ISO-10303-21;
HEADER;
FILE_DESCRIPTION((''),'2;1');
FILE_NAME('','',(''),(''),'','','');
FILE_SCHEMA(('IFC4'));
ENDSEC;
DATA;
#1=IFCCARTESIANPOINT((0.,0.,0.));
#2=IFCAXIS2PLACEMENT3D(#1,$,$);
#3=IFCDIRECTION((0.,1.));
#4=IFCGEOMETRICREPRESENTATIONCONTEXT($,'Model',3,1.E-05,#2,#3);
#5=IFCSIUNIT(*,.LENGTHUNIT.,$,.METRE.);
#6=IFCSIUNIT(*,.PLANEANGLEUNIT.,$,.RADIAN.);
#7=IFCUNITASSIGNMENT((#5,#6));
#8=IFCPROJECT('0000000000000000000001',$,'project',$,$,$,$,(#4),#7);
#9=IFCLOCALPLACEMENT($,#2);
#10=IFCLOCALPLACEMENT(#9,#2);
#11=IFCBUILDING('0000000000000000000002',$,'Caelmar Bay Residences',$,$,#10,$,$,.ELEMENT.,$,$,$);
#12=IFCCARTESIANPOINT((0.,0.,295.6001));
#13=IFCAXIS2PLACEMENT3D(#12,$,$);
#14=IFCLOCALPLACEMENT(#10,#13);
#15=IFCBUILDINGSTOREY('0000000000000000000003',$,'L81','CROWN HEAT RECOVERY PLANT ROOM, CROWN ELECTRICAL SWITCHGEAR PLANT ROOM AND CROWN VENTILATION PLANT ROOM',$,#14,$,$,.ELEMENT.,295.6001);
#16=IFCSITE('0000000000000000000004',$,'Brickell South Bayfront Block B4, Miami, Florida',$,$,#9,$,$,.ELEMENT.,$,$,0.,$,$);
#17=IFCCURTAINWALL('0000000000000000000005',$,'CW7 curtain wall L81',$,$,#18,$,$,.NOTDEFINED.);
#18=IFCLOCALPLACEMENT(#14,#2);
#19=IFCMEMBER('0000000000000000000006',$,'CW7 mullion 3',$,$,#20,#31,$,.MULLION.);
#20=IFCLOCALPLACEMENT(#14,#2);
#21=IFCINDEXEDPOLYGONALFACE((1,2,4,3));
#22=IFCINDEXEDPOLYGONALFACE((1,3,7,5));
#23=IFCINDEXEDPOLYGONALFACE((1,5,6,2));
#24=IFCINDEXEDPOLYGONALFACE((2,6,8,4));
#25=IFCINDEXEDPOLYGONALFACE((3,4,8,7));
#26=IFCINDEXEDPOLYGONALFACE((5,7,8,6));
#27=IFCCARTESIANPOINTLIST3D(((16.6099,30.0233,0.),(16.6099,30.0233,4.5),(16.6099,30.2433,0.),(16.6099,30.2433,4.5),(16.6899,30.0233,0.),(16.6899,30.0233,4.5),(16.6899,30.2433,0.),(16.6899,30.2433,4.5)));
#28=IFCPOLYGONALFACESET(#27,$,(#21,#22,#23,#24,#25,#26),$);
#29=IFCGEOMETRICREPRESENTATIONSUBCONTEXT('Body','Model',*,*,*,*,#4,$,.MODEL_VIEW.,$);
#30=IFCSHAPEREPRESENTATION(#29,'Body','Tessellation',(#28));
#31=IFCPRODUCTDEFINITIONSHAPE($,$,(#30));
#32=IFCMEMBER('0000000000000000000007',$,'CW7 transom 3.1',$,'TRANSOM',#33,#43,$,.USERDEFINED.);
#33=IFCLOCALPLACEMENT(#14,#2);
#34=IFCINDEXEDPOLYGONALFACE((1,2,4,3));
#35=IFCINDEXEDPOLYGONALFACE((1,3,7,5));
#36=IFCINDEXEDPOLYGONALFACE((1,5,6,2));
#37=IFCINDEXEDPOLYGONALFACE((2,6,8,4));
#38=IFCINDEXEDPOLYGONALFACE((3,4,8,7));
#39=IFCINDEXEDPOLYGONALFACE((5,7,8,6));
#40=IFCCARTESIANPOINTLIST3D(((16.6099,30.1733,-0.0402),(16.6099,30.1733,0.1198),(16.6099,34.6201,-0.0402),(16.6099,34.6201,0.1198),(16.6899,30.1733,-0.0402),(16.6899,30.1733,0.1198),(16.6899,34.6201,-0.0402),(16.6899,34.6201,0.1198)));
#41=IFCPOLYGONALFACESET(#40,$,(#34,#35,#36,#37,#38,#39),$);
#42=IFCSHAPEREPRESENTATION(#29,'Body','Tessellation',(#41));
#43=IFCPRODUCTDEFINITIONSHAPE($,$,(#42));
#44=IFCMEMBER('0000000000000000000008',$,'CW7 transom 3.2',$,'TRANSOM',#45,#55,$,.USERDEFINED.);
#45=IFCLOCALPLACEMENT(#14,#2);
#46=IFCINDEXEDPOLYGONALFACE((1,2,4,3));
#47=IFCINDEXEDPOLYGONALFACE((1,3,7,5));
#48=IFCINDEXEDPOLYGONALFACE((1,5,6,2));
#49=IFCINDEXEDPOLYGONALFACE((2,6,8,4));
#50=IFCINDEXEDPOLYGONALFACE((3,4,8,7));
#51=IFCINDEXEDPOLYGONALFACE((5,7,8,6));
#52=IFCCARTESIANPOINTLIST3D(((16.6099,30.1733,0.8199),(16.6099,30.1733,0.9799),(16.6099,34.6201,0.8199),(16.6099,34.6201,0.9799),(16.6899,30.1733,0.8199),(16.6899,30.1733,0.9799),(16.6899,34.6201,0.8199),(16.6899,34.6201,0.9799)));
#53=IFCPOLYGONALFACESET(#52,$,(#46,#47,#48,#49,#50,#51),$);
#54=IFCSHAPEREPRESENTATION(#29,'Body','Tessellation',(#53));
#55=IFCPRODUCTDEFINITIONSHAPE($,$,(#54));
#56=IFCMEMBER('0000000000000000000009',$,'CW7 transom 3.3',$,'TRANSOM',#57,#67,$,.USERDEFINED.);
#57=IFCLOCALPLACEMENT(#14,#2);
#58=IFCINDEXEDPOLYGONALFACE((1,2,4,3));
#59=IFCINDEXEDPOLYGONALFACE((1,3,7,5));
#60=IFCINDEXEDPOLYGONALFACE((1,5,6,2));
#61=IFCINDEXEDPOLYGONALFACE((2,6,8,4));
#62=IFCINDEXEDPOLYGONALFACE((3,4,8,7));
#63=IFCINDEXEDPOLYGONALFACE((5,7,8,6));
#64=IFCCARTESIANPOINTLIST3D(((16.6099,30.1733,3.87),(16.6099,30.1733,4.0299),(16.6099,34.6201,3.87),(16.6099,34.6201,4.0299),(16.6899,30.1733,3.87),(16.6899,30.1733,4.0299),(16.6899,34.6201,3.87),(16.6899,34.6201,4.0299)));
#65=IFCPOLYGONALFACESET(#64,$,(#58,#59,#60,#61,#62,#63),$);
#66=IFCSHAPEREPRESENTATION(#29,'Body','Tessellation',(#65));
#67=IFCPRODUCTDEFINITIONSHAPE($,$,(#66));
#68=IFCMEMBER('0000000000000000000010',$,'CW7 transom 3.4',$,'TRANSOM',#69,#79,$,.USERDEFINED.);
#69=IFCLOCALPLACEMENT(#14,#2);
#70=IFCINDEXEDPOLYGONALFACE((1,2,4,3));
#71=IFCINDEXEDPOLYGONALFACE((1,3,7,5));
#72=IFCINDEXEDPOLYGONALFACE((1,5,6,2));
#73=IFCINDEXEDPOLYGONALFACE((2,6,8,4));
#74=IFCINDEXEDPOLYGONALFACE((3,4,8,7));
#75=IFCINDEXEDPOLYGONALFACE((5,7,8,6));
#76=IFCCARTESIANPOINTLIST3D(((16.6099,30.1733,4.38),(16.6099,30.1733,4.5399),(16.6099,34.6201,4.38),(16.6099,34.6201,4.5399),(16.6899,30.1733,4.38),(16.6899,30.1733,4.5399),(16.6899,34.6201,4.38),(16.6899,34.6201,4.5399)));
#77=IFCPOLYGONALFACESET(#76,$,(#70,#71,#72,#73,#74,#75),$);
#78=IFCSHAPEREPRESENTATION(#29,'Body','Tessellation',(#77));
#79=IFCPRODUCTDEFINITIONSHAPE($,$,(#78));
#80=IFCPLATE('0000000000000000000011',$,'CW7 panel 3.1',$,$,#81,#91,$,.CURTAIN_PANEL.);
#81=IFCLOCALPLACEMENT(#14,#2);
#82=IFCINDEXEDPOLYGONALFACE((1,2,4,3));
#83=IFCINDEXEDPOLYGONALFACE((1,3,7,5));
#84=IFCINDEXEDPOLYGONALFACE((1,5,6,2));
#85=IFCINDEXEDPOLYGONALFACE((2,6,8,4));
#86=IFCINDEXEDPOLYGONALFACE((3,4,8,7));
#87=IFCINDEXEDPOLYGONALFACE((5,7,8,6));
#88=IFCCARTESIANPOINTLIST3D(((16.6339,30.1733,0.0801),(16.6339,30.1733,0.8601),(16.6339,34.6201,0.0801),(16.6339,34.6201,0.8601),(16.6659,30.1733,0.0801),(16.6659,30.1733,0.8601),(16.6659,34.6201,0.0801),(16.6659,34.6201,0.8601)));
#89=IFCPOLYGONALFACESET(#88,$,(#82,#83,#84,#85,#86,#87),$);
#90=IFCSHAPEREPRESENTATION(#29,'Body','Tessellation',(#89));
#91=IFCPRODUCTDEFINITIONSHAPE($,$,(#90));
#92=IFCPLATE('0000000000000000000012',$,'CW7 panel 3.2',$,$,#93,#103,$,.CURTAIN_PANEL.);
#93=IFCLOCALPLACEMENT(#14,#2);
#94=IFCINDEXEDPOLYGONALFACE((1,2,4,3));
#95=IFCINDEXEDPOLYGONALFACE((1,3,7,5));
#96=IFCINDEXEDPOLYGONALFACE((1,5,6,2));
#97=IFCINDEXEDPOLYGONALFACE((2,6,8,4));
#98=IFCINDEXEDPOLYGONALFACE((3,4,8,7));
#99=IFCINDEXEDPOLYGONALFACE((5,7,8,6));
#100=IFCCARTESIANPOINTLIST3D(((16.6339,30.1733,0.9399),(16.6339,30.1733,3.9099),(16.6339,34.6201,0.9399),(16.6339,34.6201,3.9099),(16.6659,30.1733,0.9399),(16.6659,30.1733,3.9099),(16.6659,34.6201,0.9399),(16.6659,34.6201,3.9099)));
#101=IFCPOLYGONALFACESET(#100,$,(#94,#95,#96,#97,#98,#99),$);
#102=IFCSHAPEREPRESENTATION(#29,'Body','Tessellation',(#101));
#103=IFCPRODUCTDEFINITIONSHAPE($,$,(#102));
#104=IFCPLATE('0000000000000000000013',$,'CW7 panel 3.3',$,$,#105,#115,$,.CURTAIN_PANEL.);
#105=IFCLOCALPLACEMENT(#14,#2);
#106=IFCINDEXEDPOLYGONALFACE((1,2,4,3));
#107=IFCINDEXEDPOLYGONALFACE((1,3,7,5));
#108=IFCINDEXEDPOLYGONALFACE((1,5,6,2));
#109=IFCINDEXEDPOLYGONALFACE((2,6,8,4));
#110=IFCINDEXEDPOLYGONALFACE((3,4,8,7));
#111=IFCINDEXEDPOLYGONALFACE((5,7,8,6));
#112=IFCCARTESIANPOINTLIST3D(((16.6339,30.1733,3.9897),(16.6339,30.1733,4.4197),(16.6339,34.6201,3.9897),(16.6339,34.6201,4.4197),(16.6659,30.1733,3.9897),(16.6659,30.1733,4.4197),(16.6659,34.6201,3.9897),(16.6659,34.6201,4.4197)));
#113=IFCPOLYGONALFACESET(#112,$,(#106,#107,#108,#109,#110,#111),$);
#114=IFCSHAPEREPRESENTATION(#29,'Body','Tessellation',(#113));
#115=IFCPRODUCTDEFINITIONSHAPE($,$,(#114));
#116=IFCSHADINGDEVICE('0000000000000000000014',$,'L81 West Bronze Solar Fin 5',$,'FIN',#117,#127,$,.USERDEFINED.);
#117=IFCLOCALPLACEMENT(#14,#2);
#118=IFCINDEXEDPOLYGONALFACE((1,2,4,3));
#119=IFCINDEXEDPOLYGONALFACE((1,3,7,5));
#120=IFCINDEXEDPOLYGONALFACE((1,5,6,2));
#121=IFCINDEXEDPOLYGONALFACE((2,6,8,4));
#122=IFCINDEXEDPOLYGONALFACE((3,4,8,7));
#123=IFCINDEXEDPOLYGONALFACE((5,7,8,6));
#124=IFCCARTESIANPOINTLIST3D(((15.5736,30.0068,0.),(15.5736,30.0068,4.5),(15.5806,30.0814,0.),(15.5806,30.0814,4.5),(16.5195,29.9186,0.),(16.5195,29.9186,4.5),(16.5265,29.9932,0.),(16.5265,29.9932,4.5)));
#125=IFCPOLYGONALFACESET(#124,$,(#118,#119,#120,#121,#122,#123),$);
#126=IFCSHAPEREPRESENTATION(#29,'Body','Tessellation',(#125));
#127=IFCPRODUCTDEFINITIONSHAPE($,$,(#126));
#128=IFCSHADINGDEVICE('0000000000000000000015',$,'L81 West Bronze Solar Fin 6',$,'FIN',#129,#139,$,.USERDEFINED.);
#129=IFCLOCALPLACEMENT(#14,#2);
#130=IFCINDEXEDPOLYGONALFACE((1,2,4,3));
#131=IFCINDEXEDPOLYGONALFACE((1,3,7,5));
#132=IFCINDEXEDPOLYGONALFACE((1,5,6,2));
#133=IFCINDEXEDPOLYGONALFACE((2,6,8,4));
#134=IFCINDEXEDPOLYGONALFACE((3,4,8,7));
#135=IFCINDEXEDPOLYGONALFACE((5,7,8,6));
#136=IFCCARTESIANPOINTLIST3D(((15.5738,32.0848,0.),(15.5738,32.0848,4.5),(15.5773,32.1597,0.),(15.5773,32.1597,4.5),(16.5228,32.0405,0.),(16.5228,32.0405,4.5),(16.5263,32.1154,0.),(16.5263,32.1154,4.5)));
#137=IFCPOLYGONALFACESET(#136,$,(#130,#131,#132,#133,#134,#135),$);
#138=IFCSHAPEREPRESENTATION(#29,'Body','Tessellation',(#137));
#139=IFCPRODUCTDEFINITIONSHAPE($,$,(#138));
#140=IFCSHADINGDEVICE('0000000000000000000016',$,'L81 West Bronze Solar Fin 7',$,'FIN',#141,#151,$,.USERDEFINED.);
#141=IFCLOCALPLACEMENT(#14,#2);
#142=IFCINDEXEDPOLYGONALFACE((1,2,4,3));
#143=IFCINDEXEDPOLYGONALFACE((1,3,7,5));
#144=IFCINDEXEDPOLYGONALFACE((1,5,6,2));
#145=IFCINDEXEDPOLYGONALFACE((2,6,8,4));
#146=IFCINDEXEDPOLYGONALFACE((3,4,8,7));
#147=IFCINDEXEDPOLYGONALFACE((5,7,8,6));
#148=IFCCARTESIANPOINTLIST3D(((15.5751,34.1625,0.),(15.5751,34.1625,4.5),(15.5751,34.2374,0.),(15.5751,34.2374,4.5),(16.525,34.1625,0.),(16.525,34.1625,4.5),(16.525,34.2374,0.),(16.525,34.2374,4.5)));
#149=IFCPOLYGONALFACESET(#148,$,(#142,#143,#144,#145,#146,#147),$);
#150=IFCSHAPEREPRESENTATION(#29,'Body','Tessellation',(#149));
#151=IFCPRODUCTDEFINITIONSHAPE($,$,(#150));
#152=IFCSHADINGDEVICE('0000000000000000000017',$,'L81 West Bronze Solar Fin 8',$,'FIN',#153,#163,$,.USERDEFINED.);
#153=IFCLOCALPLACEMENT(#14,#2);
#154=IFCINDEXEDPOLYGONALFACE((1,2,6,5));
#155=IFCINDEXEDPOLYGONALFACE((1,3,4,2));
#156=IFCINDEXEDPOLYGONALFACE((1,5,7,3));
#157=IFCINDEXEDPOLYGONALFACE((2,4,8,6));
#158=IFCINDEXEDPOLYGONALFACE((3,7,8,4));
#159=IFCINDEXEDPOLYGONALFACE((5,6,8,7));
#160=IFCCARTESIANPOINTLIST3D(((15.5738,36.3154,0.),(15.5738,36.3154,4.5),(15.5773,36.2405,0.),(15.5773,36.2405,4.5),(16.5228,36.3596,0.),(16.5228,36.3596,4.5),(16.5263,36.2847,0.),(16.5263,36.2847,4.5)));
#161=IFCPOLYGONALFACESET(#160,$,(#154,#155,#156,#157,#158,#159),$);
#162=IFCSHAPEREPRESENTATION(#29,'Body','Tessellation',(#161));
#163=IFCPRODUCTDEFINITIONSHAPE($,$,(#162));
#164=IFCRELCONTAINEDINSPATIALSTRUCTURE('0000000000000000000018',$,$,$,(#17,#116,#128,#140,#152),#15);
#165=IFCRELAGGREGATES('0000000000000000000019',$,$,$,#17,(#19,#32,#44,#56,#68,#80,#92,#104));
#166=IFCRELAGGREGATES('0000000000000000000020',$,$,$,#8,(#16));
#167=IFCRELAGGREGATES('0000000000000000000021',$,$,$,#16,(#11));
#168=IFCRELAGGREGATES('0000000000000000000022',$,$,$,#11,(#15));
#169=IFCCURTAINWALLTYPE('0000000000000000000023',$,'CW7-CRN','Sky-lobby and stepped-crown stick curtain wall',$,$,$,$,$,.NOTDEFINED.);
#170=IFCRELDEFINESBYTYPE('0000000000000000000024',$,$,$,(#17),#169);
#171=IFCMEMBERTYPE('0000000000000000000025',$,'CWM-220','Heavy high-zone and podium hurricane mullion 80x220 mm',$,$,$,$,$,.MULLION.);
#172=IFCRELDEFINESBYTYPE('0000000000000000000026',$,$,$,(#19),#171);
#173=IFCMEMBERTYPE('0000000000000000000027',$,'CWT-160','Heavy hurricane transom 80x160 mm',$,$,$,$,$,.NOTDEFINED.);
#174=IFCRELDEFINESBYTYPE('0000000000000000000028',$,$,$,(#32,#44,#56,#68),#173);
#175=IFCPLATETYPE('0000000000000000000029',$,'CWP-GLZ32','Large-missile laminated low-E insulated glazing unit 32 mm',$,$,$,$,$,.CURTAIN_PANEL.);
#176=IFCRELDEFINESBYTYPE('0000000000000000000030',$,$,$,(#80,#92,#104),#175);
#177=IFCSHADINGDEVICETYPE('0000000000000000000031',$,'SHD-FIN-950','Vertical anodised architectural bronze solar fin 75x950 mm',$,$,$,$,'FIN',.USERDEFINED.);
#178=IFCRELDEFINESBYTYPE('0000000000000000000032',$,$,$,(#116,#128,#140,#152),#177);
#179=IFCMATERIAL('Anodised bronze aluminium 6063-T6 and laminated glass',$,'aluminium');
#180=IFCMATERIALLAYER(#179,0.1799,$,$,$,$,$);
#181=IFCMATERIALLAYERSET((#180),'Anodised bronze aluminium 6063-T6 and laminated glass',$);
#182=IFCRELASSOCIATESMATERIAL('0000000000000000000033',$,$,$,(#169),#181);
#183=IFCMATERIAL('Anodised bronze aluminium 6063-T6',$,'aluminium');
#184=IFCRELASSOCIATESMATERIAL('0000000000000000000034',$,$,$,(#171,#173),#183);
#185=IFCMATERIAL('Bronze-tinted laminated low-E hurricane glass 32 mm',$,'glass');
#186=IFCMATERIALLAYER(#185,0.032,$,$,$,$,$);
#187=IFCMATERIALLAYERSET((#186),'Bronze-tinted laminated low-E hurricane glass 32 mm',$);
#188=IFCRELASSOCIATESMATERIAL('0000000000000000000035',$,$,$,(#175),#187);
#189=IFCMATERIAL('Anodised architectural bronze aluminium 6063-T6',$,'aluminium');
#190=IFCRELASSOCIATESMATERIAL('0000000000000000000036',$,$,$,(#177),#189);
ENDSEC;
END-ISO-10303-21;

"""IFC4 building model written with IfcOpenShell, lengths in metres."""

from ifc_helpers import new_model, si_unit, direction, frame, origin, origin_2d, place, context, subcontext, project, spatial, rectangle, extrude, material, layer, layer_set, material_profile, profile_set, type_object, element, aggregate, save


model = new_model("IFC4")

# Units and contexts
model_context = context("Model", 3, precision=1e-05, world=origin(), true_north=direction((0.0, 1.0)))
body_context = subcontext(model_context, "Body", "Model", "MODEL_VIEW")
ifc_project = project(units=[si_unit("LENGTHUNIT", "METRE"), si_unit("PLANEANGLEUNIT", "RADIAN")], contexts=[model_context])

# Site, building, storey
site_placement = place(None, origin())
site = spatial("IfcSite", under=ifc_project, at=site_placement, Name="Brickell South Bayfront Block B4, Miami, Florida", CompositionType="ELEMENT", RefElevation=0.0)
building_placement = place(site_placement, origin())
building = spatial("IfcBuilding", under=site, at=building_placement, Name="Caelmar Bay Residences", CompositionType="ELEMENT")
storey_placement = place(building_placement, frame((0.0, 0.0, 295.6001)))
storey = spatial("IfcBuildingStorey", under=building, at=storey_placement, Name="L81", Description="CROWN HEAT RECOVERY PLANT ROOM, CROWN ELECTRICAL SWITCHGEAR PLANT ROOM AND CROWN VENTILATION PLANT ROOM", CompositionType="ELEMENT", Elevation=295.6001)

# Curtain wall, members, plates
ifc_material_1 = material(Name="Anodised bronze aluminium 6063-T6 and laminated glass", Category="aluminium")
ifc_layer_1 = layer(ifc_material_1, 0.1799)
ifc_layer_set_1 = layer_set([ifc_layer_1], Name="Anodised bronze aluminium 6063-T6 and laminated glass")
curtain_wall_type = type_object("IfcCurtainWallType", Name="CW7-CRN", Description="Sky-lobby and stepped-crown stick curtain wall", PredefinedType="NOTDEFINED", material=ifc_layer_set_1)
curtain_wall_placement = place(storey_placement, origin())
curtain_wall = element("IfcCurtainWall", 1, at=curtain_wall_placement, inside=storey, type_object=curtain_wall_type, Name="CW7 curtain wall L81", PredefinedType="NOTDEFINED")
ifc_material_2 = material(Name="Anodised bronze aluminium 6063-T6", Category="aluminium")
ifc_material_profile_1 = material_profile(ifc_material_2, rectangle(XDim=0.0801, YDim=0.22, at=origin_2d()), Name="CWM-80X220")
ifc_profile_set_1 = profile_set([ifc_material_profile_1], Name="Anodised bronze aluminium 6063-T6")
member_type_1 = type_object("IfcMemberType", Name="CWM-220", Description="Heavy high-zone and podium hurricane mullion 80x220 mm", PredefinedType="MULLION", material=ifc_profile_set_1)
member_1_placement = place(storey_placement, frame((16.6499, 30.1333, 0.0), z_axis=(0.0, 0.0, 1.0), x_axis=(-1.0, 0.0, 0.0)))
member_1 = element("IfcMember", 2, at=member_1_placement, type_object=member_type_1, Name="CW7 mullion 3", PredefinedType="MULLION", context=body_context, shape_type="SweptSolid", body=[
    extrude(rectangle(XDim=0.0801, YDim=0.22, at=origin_2d()), origin(), (0.0, 0.0, 1.0), 4.5),
])
ifc_material_profile_2 = material_profile(ifc_material_2, rectangle(XDim=0.0801, YDim=0.1599, at=origin_2d()), Name="CWT-80X160")
ifc_profile_set_2 = profile_set([ifc_material_profile_2], Name="Anodised bronze aluminium 6063-T6")
member_type_2 = type_object("IfcMemberType", Name="CWT-160", Description="Heavy hurricane transom 80x160 mm", PredefinedType="NOTDEFINED", material=ifc_profile_set_2)
member_2_placement = place(storey_placement, frame((16.6499, 30.1733, 0.0398), z_axis=(0.0, 1.0, 0.0), x_axis=(-1.0, 0.0, 0.0)))
member_2 = element("IfcMember", 3, at=member_2_placement, type_object=member_type_2, Name="CW7 transom 3.1", ObjectType="TRANSOM", PredefinedType="USERDEFINED", context=body_context, shape_type="SweptSolid", body=[
    extrude(rectangle(XDim=0.0801, YDim=0.1599, at=origin_2d()), origin(), (0.0, 0.0, 1.0), 4.4468),
])
member_3_placement = place(storey_placement, frame((16.6499, 30.1733, 0.8999), z_axis=(0.0, 1.0, 0.0), x_axis=(-1.0, 0.0, 0.0)))
member_3 = element("IfcMember", 4, at=member_3_placement, type_object=member_type_2, Name="CW7 transom 3.2", ObjectType="TRANSOM", PredefinedType="USERDEFINED", context=body_context, shape_type="SweptSolid", body=[
    extrude(rectangle(XDim=0.0801, YDim=0.1599, at=origin_2d()), origin(), (0.0, 0.0, 1.0), 4.4468),
])
member_4_placement = place(storey_placement, frame((16.6499, 30.1733, 3.95), z_axis=(0.0, 1.0, 0.0), x_axis=(-1.0, 0.0, 0.0)))
member_4 = element("IfcMember", 5, at=member_4_placement, type_object=member_type_2, Name="CW7 transom 3.3", ObjectType="TRANSOM", PredefinedType="USERDEFINED", context=body_context, shape_type="SweptSolid", body=[
    extrude(rectangle(XDim=0.0801, YDim=0.1599, at=origin_2d()), origin(), (0.0, 0.0, 1.0), 4.4468),
])
member_5_placement = place(storey_placement, frame((16.6499, 30.1733, 4.46), z_axis=(0.0, 1.0, 0.0), x_axis=(-1.0, 0.0, 0.0)))
member_5 = element("IfcMember", 6, at=member_5_placement, type_object=member_type_2, Name="CW7 transom 3.4", ObjectType="TRANSOM", PredefinedType="USERDEFINED", context=body_context, shape_type="SweptSolid", body=[
    extrude(rectangle(XDim=0.0801, YDim=0.1599, at=origin_2d()), origin(), (0.0, 0.0, 1.0), 4.4468),
])
ifc_material_3 = material(Name="Bronze-tinted laminated low-E hurricane glass 32 mm", Category="glass")
ifc_layer_2 = layer(ifc_material_3, 0.032)
ifc_layer_set_2 = layer_set([ifc_layer_2], Name="Bronze-tinted laminated low-E hurricane glass 32 mm")
plate_type = type_object("IfcPlateType", Name="CWP-GLZ32", Description="Large-missile laminated low-E insulated glazing unit 32 mm", PredefinedType="CURTAIN_PANEL", material=ifc_layer_set_2)
plate_1_placement = place(storey_placement, frame((16.6499, 32.3967, 0.0801), z_axis=(0.0, 0.0, 1.0), x_axis=(0.0, 1.0, 0.0)))
plate_1 = element("IfcPlate", 7, at=plate_1_placement, type_object=plate_type, Name="CW7 panel 3.1", PredefinedType="CURTAIN_PANEL", context=body_context, shape_type="SweptSolid", body=[
    extrude(rectangle(XDim=4.4468, YDim=0.032, at=origin_2d()), origin(), (0.0, 0.0, 1.0), 0.78),
])
plate_2_placement = place(storey_placement, frame((16.6499, 32.3967, 0.9399), z_axis=(0.0, 0.0, 1.0), x_axis=(0.0, 1.0, 0.0)))
plate_2 = element("IfcPlate", 8, at=plate_2_placement, type_object=plate_type, Name="CW7 panel 3.2", PredefinedType="CURTAIN_PANEL", context=body_context, shape_type="SweptSolid", body=[
    extrude(rectangle(XDim=4.4468, YDim=0.032, at=origin_2d()), origin(), (0.0, 0.0, 1.0), 2.97),
])
plate_3_placement = place(storey_placement, frame((16.6499, 32.3967, 3.9897), z_axis=(0.0, 0.0, 1.0), x_axis=(0.0, 1.0, 0.0)))
plate_3 = element("IfcPlate", 9, at=plate_3_placement, type_object=plate_type, Name="CW7 panel 3.3", PredefinedType="CURTAIN_PANEL", context=body_context, shape_type="SweptSolid", body=[
    extrude(rectangle(XDim=4.4468, YDim=0.032, at=origin_2d()), origin(), (0.0, 0.0, 1.0), 0.4299),
])
aggregate(curtain_wall, [member_1, member_2, member_3, member_4, member_5, plate_1, plate_2, plate_3])

# Shading devices
ifc_material_4 = material(Name="Anodised architectural bronze aluminium 6063-T6", Category="aluminium")
ifc_material_profile_3 = material_profile(ifc_material_4, rectangle(XDim=0.075, YDim=0.95, at=origin_2d()), Name="BRONZE-FIN-75X950")
ifc_profile_set_3 = profile_set([ifc_material_profile_3], Name="Anodised architectural bronze aluminium 6063-T6")
shading_device_type = type_object("IfcShadingDeviceType", Name="SHD-FIN-950", Description="Vertical anodised architectural bronze solar fin 75x950 mm", ElementType="FIN", PredefinedType="USERDEFINED", material=ifc_profile_set_3)
for number, where, z_axis, x_axis, name in (
    (10, (16.05, 30.0, 0.0), (0.0, 0.0, 1.0), (0.092892, 0.995676, 0.0), "L81 West Bronze Solar Fin 5"),
    (11, (16.05, 32.1001, 0.0), (0.0, 0.0, 1.0), (0.046583, 0.998914, 0.0), "L81 West Bronze Solar Fin 6"),
    (12, (16.05, 34.2, 0.0), (0.0, 0.0, 1.0), (0.0, 1.0, 0.0), "L81 West Bronze Solar Fin 7"),
    (13, (16.05, 36.3, 0.0), (0.0, 0.0, 1.0), (-0.046583, 0.998914, 0.0), "L81 West Bronze Solar Fin 8"),
):
    element("IfcShadingDevice", number, at=place(storey_placement, frame(where, z_axis=z_axis, x_axis=x_axis)), inside=storey, type_object=shading_device_type, Name=name, ObjectType="FIN", PredefinedType="USERDEFINED", context=body_context, shape_type="SweptSolid", body=[
        extrude(rectangle(XDim=0.075, YDim=0.95, at=origin_2d()), origin(), (0.0, 0.0, 1.0), 4.5),
    ])

save(model, "model.ifc")
